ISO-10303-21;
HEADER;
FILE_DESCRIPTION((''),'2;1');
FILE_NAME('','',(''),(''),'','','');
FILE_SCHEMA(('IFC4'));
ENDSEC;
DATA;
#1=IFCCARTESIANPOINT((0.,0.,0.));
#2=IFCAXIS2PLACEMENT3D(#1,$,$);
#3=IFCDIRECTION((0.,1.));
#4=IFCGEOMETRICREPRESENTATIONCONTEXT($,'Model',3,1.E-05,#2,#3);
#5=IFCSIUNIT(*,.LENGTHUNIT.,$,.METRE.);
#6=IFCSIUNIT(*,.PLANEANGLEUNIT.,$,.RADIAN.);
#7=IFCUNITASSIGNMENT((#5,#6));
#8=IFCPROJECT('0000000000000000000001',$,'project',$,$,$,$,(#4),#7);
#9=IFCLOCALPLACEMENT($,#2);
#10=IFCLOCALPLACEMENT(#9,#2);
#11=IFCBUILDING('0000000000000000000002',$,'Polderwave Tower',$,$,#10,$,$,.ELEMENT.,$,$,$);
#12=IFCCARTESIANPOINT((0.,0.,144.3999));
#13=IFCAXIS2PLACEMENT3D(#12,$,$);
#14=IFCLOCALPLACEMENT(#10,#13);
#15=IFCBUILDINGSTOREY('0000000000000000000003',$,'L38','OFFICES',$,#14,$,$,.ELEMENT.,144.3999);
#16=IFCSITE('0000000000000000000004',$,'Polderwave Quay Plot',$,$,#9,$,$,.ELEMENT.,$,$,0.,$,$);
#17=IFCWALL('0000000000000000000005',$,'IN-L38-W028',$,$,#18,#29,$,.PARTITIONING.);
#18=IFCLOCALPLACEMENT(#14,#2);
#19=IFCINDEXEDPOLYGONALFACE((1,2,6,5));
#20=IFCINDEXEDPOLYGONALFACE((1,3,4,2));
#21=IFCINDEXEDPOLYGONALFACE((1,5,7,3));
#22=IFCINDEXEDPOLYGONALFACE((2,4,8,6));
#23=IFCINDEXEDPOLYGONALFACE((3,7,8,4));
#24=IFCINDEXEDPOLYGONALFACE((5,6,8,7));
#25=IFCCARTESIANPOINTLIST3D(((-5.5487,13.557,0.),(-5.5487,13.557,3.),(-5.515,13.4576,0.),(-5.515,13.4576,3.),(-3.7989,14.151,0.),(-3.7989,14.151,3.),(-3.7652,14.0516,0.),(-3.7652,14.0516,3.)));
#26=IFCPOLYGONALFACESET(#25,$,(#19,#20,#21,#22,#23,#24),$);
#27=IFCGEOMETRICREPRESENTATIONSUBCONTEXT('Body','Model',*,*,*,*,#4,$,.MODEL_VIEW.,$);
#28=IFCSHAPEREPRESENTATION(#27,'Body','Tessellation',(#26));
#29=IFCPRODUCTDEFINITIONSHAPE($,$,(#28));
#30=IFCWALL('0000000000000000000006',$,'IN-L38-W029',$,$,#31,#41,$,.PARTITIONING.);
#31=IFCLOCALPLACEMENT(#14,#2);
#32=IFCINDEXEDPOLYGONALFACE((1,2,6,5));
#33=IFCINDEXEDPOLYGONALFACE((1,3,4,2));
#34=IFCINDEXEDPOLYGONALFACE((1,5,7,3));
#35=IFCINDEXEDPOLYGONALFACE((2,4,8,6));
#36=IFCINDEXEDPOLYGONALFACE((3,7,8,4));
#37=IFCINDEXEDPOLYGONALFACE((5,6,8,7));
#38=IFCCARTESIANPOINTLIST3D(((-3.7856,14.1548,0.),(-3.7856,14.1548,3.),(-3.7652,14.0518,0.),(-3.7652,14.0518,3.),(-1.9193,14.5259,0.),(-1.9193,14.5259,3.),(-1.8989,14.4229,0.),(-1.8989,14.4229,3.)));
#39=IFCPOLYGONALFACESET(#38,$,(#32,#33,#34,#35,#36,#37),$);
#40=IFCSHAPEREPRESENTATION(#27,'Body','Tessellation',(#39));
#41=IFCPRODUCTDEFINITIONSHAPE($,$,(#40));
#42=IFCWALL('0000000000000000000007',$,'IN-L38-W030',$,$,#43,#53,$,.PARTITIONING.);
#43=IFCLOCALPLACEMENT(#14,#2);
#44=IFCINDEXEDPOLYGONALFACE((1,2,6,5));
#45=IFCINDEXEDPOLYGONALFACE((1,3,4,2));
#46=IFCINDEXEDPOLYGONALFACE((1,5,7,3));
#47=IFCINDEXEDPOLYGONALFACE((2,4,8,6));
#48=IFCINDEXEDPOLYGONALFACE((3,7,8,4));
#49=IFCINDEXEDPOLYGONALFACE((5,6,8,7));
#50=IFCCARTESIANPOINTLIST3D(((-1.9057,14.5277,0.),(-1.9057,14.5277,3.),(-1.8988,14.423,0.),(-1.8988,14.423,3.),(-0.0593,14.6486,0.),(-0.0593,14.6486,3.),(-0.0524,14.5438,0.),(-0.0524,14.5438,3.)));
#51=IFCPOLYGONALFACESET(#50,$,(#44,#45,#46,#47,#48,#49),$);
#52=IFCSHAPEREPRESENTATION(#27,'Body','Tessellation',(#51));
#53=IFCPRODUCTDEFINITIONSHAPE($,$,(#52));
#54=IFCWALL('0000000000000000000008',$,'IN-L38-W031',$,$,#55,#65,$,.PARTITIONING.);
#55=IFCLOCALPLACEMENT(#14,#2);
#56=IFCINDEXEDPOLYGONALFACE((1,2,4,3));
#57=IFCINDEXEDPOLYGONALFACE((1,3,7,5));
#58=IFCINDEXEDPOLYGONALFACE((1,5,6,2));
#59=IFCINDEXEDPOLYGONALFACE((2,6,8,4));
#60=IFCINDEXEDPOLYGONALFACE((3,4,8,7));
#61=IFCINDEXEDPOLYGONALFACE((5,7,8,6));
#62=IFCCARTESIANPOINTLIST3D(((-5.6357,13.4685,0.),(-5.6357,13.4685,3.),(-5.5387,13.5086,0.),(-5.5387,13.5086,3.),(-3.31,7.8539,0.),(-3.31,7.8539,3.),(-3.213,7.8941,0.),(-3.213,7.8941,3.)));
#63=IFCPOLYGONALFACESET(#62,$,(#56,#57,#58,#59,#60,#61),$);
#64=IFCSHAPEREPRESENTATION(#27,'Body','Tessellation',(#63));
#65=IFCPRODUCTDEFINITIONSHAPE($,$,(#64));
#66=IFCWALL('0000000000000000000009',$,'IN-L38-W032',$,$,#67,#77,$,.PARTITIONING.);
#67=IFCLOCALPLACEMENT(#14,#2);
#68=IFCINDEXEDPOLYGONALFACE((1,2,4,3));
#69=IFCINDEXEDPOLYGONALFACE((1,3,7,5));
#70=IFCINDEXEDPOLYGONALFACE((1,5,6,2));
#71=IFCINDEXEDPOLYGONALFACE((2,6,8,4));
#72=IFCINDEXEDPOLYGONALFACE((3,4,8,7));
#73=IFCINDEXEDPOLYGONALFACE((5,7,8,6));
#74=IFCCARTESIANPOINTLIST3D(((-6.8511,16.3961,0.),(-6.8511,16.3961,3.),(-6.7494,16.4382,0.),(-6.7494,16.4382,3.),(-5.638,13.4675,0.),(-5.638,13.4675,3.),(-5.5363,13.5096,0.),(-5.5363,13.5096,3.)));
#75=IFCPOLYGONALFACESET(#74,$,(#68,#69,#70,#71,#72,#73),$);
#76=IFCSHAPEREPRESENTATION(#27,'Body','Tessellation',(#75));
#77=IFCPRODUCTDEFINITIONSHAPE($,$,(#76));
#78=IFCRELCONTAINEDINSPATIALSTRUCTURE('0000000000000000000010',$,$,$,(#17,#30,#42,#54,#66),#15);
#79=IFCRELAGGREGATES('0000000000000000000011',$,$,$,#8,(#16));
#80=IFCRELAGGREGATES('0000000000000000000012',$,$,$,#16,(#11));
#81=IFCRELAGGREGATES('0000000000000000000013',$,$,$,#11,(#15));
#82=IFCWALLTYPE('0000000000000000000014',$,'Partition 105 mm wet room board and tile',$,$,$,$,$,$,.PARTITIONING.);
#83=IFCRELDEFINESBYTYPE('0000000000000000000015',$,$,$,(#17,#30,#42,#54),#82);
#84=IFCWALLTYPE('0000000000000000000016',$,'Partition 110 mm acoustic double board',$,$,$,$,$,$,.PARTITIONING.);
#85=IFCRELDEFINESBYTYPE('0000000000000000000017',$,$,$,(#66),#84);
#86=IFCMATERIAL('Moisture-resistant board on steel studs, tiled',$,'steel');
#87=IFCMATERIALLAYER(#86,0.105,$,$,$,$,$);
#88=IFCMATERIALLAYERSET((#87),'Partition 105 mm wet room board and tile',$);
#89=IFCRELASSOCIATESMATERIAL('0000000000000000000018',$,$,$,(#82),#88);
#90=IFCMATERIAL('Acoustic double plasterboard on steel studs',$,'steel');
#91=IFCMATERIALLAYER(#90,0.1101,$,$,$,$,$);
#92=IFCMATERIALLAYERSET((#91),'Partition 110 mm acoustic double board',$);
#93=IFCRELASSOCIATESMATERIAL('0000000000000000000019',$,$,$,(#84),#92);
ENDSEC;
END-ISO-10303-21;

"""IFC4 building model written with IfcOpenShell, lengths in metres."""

from ifc_helpers import new_model, si_unit, direction, frame, frame_2d, origin, place, context, subcontext, project, spatial, rectangle, extrude, material, layer, layer_set, type_object, element, save


model = new_model("IFC4")

# Units and contexts
model_context = context("Model", 3, precision=1e-05, world=origin(), true_north=direction((0.0, 1.0)))
body_context = subcontext(model_context, "Body", "Model", "MODEL_VIEW")
ifc_project = project(units=[si_unit("LENGTHUNIT", "METRE"), si_unit("PLANEANGLEUNIT", "RADIAN")], contexts=[model_context])

# Site, building, storey
site_placement = place(None, origin())
site = spatial("IfcSite", under=ifc_project, at=site_placement, Name="Polderwave Quay Plot", CompositionType="ELEMENT", RefElevation=0.0)
building_placement = place(site_placement, origin())
building = spatial("IfcBuilding", under=site, at=building_placement, Name="Polderwave Tower", CompositionType="ELEMENT")
storey_placement = place(building_placement, frame((0.0, 0.0, 144.3999)))
storey = spatial("IfcBuildingStorey", under=building, at=storey_placement, Name="L38", Description="OFFICES", CompositionType="ELEMENT", Elevation=144.3999)

# Walls
ifc_material_1 = material(Name="Moisture-resistant board on steel studs, tiled", Category="steel")
ifc_layer_1 = layer(ifc_material_1, 0.105)
ifc_layer_set_1 = layer_set([ifc_layer_1], Name="Partition 105 mm wet room board and tile")
wall_type_1 = type_object("IfcWallType", Name="Partition 105 mm wet room board and tile", PredefinedType="PARTITIONING", material=ifc_layer_set_1)
wall_1_placement = place(storey_placement, frame((-5.5317, 13.5073, 0.0), z_axis=(0.0, 0.0, 1.0), x_axis=(0.946925, 0.321455, 0.0)))
element("IfcWall", 1, at=wall_1_placement, inside=storey, type_object=wall_type_1, Name="IN-L38-W028", PredefinedType="PARTITIONING", context=body_context, shape_type="SweptSolid", body=[
    extrude(rectangle(XDim=1.8479, YDim=0.105, at=frame_2d((0.9238, 0.0))), origin(), (0.0, 0.0, 1.0), 3.0),
])
wall_2_placement = place(storey_placement, frame((-3.7754, 14.1033, 0.0), z_axis=(0.0, 0.0, 1.0), x_axis=(0.980797, 0.19503, 0.0)))
element("IfcWall", 2, at=wall_2_placement, inside=storey, type_object=wall_type_1, Name="IN-L38-W029", PredefinedType="PARTITIONING", context=body_context, shape_type="SweptSolid", body=[
    extrude(rectangle(XDim=1.9028, YDim=0.105, at=frame_2d((0.9514, 0.0))), origin(), (0.0, 0.0, 1.0), 3.0),
])
wall_3_placement = place(storey_placement, frame((-1.9023, 14.4753, 0.0), z_axis=(0.0, 0.0, 1.0), x_axis=(0.997865, 0.06531, 0.0)))
element("IfcWall", 3, at=wall_3_placement, inside=storey, type_object=wall_type_1, Name="IN-L38-W030", PredefinedType="PARTITIONING", context=body_context, shape_type="SweptSolid", body=[
    extrude(rectangle(XDim=1.8503, YDim=0.105, at=frame_2d((0.9253, 0.0))), origin(), (0.0, 0.0, 1.0), 3.0),
])
wall_4_placement = place(storey_placement, frame((-3.2615, 7.874, 0.0), z_axis=(0.0, 0.0, 1.0), x_axis=(-0.382695, 0.923875, 0.0)))
element("IfcWall", 4, at=wall_4_placement, inside=storey, type_object=wall_type_1, Name="IN-L38-W031", PredefinedType="PARTITIONING", context=body_context, shape_type="SweptSolid", body=[
    extrude(rectangle(XDim=6.0771, YDim=0.105, at=frame_2d((3.0386, 0.0))), origin(), (0.0, 0.0, 1.0), 3.0),
])
ifc_material_2 = material(Name="Acoustic double plasterboard on steel studs", Category="steel")
ifc_layer_2 = layer(ifc_material_2, 0.1101)
ifc_layer_set_2 = layer_set([ifc_layer_2], Name="Partition 110 mm acoustic double board")
wall_type_2 = type_object("IfcWallType", Name="Partition 110 mm acoustic double board", PredefinedType="PARTITIONING", material=ifc_layer_set_2)
wall_5_placement = place(storey_placement, frame((-5.5872, 13.4885, 0.0), z_axis=(0.0, 0.0, 1.0), x_axis=(-0.38269, 0.923877, 0.0)))
element("IfcWall", 5, at=wall_5_placement, inside=storey, type_object=wall_type_2, Name="IN-L38-W032", PredefinedType="PARTITIONING", context=body_context, shape_type="SweptSolid", body=[
    extrude(rectangle(XDim=3.1699, YDim=0.1101, at=frame_2d((1.585, 0.0))), origin(), (0.0, 0.0, 1.0), 3.0),
])

save(model, "model.ifc")
